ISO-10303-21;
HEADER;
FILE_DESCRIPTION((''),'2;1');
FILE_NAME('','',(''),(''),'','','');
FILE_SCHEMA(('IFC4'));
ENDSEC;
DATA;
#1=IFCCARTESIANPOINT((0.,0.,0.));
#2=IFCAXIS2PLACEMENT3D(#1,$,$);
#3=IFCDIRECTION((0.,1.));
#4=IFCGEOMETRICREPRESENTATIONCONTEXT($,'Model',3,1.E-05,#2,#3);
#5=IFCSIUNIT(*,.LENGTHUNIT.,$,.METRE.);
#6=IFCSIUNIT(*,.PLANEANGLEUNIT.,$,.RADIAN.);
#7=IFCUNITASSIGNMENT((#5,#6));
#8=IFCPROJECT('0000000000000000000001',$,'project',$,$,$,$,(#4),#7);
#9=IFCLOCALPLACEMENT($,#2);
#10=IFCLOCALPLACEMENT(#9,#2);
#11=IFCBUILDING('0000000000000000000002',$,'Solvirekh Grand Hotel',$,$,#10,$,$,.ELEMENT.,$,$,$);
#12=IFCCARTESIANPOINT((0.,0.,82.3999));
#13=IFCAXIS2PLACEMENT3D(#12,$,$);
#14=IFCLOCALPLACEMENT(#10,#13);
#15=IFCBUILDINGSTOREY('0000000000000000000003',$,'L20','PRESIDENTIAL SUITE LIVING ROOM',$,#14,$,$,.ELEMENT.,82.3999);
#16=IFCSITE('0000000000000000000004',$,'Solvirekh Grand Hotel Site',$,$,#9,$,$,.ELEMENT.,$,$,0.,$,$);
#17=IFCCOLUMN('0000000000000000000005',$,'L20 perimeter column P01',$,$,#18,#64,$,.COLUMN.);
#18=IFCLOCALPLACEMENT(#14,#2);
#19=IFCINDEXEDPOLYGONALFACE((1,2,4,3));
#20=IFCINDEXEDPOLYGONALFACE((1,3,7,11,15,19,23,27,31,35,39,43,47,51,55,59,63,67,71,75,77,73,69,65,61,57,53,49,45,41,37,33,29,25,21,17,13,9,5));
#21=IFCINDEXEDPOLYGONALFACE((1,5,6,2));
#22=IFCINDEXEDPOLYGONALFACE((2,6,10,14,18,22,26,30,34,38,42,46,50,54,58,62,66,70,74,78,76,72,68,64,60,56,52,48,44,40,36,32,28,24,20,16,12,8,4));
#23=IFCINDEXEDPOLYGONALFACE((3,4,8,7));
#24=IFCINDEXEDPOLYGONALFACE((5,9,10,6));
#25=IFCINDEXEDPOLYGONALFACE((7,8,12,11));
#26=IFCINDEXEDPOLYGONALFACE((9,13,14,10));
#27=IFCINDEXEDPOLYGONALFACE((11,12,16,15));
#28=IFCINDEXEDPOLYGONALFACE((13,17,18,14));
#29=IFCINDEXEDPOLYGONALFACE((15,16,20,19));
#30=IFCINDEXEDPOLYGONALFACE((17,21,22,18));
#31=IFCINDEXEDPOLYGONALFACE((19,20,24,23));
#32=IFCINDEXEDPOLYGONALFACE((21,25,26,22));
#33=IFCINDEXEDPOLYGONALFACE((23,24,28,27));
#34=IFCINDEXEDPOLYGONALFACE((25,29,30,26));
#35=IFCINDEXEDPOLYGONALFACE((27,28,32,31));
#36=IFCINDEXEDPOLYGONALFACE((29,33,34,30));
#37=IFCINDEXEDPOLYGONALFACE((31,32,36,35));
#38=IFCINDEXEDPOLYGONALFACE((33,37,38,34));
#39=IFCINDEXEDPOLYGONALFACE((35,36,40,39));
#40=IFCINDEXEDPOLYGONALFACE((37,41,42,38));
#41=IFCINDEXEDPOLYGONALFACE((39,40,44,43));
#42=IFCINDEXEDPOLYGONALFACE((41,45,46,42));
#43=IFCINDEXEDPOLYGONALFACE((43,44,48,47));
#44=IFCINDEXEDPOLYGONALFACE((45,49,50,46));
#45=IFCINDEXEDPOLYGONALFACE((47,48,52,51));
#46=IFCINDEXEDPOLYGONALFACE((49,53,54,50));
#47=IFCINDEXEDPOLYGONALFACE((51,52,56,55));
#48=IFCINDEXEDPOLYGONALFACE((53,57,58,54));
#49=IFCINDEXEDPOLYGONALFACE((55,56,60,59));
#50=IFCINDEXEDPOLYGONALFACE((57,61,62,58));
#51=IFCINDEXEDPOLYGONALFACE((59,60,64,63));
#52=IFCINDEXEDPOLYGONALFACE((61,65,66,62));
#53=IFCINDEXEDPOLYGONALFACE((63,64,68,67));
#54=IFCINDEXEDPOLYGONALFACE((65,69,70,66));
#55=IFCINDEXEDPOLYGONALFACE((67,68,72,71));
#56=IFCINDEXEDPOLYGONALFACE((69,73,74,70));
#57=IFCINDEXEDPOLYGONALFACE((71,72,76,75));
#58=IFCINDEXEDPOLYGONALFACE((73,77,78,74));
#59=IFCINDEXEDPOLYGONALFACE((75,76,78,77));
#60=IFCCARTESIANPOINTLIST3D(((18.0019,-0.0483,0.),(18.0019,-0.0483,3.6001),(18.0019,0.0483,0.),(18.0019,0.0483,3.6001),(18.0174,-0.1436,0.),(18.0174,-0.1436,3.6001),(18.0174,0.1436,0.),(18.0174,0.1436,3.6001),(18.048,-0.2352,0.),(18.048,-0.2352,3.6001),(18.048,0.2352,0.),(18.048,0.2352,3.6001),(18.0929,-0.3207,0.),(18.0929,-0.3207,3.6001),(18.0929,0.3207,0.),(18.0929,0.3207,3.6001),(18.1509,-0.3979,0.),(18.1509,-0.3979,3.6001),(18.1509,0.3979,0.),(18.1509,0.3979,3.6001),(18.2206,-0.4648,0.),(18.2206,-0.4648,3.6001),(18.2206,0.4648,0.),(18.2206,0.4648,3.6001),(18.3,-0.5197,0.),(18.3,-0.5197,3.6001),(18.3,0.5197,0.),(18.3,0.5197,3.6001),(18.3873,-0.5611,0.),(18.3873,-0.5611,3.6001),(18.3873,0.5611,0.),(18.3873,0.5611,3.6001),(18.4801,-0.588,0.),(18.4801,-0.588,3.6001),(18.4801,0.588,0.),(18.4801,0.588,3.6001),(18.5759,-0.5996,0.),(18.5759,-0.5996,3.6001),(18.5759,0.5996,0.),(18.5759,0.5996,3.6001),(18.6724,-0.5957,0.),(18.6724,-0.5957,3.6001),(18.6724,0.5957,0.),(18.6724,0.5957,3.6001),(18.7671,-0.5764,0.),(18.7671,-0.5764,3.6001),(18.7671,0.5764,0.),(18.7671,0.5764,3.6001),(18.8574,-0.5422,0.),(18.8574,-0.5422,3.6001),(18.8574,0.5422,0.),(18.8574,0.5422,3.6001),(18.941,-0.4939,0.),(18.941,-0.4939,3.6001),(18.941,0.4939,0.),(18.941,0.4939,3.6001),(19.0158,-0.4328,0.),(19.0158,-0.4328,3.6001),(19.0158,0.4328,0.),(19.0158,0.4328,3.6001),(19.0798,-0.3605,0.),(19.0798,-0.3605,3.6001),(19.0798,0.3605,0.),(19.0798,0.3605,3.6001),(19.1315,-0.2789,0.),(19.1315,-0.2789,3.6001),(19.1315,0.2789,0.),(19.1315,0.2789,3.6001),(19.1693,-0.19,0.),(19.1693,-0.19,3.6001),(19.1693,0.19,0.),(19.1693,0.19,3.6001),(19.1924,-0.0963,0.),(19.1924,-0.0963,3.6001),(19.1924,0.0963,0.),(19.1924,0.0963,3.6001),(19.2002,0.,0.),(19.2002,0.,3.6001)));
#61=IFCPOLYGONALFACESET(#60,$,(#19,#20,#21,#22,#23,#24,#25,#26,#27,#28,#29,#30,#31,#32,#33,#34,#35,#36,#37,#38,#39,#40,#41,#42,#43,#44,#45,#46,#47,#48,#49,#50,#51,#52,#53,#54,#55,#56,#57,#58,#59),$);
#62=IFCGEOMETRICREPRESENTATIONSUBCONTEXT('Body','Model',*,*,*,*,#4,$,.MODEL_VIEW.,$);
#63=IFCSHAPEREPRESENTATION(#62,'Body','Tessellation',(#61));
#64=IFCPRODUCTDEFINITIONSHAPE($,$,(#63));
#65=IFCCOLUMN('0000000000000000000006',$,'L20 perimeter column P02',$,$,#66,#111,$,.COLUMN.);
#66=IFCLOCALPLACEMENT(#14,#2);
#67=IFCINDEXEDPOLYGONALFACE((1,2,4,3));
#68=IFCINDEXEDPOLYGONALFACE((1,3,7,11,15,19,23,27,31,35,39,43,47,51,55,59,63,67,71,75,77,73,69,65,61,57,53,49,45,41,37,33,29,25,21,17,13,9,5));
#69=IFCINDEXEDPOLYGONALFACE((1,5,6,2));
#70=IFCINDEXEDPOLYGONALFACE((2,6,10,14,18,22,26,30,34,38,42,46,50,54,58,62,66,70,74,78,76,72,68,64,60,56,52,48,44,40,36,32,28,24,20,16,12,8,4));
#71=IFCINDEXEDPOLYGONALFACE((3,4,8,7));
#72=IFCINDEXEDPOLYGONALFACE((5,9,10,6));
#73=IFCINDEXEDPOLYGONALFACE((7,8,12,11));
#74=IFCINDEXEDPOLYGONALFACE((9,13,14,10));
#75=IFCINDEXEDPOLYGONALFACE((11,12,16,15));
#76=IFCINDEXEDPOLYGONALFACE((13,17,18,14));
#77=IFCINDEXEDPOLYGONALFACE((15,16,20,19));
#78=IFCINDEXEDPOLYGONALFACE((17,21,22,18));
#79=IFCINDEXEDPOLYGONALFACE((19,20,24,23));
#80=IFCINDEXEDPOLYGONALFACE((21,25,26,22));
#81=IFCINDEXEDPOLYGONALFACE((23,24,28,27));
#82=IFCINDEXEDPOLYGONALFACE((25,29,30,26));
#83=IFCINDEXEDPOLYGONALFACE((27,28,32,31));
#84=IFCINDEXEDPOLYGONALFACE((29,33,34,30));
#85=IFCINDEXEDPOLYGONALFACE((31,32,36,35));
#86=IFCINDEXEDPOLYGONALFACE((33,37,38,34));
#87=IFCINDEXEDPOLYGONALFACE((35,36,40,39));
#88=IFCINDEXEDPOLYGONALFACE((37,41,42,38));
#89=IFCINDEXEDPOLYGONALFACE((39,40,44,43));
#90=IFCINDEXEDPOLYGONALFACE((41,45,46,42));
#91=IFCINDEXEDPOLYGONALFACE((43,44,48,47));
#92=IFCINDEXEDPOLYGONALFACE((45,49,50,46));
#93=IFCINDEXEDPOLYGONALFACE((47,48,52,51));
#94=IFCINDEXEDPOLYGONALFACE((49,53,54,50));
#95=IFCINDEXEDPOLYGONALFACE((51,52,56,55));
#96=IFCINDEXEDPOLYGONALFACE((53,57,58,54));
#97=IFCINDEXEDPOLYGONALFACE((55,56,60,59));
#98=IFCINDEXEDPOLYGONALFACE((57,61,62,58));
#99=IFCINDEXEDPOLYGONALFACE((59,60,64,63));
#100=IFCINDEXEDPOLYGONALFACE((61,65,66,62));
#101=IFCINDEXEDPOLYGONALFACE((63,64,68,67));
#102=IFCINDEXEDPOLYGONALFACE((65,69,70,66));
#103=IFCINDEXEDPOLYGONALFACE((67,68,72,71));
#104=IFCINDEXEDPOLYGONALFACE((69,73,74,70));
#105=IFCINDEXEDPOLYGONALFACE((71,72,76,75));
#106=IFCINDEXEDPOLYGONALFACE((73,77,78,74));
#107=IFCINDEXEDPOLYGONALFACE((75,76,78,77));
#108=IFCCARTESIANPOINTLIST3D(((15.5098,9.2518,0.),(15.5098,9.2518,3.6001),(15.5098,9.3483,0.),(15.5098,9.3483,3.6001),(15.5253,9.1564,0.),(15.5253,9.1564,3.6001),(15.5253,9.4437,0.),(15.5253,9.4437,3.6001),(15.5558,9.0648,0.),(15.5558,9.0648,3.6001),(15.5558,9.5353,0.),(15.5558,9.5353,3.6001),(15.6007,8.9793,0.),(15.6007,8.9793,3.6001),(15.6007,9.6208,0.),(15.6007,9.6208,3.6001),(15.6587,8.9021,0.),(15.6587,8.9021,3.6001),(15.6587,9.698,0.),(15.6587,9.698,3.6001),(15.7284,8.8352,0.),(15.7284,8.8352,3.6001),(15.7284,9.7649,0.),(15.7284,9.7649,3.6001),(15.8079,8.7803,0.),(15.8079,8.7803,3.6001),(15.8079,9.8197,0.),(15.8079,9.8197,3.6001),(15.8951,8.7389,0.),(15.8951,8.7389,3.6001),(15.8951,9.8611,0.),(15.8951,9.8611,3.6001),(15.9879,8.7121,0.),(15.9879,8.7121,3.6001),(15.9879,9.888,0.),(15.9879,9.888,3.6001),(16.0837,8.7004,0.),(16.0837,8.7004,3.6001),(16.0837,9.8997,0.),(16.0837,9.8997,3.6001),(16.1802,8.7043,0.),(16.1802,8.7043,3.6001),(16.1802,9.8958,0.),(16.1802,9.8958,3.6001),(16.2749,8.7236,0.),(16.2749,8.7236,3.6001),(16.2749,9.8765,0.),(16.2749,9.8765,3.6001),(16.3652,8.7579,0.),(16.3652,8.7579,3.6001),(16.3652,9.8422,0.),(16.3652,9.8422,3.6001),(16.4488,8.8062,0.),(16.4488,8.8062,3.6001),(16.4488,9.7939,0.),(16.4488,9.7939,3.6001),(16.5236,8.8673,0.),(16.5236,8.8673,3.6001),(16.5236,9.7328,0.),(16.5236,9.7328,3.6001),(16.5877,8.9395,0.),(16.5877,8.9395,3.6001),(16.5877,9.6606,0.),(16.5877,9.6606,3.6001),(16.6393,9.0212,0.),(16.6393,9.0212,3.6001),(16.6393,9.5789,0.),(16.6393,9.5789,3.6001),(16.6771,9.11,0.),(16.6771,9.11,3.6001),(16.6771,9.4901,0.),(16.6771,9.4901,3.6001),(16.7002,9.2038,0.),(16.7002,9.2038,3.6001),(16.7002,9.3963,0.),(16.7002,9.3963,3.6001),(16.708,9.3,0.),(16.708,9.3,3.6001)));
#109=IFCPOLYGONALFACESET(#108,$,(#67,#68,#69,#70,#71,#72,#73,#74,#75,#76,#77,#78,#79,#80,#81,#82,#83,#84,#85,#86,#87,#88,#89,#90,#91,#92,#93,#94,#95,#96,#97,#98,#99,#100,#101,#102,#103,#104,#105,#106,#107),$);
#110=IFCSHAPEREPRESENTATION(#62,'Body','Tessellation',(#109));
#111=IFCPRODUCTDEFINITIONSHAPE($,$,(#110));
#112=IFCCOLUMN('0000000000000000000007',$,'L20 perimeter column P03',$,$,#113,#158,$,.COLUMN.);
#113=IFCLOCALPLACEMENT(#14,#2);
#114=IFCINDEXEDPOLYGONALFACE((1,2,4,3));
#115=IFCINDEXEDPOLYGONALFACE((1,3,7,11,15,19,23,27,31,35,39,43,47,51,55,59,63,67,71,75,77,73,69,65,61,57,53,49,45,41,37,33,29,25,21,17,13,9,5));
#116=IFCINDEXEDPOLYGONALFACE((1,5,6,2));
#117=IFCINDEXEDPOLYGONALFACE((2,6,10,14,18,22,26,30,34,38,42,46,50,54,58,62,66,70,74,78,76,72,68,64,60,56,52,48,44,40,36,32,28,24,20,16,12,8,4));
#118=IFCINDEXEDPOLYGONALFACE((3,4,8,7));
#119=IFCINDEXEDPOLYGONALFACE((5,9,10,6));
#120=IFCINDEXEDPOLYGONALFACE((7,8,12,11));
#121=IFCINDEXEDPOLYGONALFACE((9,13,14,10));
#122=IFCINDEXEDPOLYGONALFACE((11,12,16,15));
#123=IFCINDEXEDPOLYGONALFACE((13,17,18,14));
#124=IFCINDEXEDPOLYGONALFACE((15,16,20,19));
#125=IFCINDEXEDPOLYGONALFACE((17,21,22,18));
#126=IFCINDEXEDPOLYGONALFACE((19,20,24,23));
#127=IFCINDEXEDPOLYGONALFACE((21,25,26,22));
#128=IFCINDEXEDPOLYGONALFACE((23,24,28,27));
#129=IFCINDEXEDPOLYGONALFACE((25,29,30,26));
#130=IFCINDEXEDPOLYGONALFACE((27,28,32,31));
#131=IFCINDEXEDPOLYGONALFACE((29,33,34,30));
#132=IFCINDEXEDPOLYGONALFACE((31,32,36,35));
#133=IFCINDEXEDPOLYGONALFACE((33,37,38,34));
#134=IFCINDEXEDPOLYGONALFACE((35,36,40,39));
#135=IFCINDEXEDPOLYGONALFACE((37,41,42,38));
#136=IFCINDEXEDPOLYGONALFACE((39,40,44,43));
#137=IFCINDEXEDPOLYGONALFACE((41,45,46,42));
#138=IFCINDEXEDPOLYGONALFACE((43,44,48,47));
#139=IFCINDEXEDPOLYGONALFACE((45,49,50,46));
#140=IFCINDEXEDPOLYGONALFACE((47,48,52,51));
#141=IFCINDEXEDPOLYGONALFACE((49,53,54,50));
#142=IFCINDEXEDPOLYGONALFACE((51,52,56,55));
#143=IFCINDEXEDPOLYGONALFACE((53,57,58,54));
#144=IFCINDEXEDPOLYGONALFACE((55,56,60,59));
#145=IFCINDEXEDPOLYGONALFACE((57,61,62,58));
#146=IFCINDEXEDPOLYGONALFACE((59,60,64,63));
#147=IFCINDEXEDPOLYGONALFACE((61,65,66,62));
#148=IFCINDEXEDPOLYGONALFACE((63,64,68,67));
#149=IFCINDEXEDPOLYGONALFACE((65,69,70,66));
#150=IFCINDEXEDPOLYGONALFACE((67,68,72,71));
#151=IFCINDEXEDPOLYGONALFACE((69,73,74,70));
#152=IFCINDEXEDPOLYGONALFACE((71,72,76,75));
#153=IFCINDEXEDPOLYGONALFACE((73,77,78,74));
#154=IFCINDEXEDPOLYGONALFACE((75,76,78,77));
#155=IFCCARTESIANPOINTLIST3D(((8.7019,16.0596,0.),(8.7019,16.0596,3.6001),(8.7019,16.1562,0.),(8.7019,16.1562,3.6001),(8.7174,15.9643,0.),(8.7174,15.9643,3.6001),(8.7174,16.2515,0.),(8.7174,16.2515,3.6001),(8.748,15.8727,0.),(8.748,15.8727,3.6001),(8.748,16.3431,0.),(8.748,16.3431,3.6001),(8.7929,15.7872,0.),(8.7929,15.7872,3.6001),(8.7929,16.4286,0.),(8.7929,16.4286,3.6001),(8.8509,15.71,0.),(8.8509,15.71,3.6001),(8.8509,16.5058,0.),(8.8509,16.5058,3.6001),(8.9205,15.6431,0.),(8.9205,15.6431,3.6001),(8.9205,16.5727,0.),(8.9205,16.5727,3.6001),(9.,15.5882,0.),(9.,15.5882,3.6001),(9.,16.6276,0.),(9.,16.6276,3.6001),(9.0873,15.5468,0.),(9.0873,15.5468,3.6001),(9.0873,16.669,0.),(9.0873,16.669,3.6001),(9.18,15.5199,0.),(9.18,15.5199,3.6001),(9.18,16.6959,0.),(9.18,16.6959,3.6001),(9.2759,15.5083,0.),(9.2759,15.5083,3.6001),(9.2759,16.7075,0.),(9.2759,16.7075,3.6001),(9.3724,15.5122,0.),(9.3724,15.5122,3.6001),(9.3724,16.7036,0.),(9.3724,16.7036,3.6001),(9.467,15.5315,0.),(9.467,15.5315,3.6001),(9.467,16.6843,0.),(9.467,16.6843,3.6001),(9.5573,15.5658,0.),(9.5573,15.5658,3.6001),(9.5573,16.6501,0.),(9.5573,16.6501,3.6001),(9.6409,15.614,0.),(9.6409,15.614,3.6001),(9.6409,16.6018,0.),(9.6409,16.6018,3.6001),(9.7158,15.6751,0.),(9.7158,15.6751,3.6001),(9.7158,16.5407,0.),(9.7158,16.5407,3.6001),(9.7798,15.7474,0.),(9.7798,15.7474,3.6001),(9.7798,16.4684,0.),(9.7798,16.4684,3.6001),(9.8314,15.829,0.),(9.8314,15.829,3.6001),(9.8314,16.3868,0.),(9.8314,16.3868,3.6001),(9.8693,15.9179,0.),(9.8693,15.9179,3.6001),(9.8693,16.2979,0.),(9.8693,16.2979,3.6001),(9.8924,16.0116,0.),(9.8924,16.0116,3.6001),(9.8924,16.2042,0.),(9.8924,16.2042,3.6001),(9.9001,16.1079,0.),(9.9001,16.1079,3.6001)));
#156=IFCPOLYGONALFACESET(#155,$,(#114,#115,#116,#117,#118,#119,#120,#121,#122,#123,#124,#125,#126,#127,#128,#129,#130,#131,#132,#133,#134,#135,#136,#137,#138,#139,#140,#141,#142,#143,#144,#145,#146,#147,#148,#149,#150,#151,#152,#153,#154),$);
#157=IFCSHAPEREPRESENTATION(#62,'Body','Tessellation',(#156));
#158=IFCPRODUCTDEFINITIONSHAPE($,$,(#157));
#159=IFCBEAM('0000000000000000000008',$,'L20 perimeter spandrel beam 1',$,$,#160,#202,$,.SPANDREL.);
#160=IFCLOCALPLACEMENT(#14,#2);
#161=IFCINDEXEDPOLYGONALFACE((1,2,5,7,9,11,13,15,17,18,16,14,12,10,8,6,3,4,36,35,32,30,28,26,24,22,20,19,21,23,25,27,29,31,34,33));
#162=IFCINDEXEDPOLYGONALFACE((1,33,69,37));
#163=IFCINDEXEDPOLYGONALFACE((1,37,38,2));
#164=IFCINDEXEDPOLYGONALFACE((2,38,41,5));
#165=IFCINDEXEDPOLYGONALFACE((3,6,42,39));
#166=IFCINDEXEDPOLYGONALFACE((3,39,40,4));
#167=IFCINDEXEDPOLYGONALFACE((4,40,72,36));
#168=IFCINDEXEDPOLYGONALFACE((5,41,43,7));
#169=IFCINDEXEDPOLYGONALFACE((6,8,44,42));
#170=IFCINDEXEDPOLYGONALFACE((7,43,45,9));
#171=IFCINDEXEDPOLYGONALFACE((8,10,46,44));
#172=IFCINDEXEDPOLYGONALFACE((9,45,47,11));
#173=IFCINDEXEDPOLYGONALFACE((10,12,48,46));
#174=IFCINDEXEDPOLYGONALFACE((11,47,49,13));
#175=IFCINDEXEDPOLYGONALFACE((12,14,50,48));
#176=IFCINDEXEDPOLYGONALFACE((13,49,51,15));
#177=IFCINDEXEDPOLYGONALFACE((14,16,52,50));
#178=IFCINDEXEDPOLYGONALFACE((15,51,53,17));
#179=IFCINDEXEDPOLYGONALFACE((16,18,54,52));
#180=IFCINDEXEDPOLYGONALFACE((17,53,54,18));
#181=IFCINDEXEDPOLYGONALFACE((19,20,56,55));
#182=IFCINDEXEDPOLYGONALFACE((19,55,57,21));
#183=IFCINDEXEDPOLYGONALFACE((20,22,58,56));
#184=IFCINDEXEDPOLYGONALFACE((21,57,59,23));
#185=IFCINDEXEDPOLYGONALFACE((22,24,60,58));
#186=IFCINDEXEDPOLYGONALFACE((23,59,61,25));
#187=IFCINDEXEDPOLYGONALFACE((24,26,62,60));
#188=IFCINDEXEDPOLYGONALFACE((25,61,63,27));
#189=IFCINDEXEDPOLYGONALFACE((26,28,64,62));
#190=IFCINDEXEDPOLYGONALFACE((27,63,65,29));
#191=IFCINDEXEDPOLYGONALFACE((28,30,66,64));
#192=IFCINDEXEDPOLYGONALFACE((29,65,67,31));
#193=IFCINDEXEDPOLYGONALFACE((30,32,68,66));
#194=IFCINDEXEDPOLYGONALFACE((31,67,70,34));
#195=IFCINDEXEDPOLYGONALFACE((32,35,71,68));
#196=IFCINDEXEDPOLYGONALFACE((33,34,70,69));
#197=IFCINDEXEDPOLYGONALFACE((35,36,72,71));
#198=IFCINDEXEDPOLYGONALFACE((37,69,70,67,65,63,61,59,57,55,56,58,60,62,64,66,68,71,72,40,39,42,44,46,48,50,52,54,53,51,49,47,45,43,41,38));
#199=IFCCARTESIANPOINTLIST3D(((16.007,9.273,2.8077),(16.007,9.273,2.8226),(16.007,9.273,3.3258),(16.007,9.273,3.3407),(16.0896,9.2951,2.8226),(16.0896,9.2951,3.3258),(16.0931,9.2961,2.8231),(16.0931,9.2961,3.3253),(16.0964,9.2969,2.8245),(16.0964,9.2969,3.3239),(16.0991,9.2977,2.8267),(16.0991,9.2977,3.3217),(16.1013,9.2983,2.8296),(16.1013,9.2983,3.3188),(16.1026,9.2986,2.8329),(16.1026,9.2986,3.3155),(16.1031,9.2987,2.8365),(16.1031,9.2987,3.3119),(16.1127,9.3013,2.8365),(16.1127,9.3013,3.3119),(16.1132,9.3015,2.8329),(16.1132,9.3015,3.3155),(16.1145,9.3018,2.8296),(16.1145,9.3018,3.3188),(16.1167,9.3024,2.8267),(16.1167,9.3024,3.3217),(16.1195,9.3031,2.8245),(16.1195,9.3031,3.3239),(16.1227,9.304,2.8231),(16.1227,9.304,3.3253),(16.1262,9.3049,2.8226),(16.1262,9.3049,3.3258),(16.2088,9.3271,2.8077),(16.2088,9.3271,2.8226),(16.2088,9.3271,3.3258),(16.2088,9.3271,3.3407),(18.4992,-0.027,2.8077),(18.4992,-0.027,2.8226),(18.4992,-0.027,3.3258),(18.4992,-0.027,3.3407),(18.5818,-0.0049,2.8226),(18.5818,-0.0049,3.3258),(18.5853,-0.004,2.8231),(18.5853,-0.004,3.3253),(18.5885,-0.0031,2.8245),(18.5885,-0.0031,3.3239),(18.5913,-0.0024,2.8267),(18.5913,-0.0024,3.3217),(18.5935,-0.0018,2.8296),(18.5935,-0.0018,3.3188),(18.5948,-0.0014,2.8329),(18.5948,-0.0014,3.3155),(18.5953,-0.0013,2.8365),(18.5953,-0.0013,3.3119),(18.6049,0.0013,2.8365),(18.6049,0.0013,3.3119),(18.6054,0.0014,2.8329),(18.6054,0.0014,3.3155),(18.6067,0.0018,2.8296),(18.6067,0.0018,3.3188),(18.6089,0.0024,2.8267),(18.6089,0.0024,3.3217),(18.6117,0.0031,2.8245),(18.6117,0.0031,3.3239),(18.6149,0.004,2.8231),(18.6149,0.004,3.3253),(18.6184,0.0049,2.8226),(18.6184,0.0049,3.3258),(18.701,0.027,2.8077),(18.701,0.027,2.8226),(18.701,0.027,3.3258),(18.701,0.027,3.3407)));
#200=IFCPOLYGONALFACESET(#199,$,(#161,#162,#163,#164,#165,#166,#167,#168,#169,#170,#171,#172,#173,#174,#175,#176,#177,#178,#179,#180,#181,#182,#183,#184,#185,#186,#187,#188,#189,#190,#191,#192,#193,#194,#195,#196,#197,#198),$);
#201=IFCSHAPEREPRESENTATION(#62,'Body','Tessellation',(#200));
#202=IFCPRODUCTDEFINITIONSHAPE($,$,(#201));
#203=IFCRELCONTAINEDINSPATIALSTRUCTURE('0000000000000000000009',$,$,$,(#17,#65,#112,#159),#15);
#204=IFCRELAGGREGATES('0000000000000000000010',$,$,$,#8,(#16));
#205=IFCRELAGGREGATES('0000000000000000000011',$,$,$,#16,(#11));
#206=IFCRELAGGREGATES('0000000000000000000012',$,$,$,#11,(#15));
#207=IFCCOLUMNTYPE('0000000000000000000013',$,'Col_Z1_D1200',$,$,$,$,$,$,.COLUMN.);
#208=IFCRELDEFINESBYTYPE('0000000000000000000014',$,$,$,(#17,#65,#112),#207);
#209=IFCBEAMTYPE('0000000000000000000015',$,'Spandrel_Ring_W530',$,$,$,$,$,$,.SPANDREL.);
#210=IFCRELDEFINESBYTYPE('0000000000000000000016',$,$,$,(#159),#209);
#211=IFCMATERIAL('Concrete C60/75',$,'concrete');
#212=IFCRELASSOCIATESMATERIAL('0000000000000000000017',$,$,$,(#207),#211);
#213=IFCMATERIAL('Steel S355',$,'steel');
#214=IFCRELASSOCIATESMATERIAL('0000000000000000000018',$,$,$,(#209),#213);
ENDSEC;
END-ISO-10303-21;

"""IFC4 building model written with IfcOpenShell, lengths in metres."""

from ifc_helpers import new_model, si_unit, direction, frame, origin, origin_2d, place, context, subcontext, project, spatial, circle, i_section, extrude, material, material_profile, profile_set, type_object, element, save


model = new_model("IFC4")

# Units and contexts
model_context = context("Model", 3, precision=1e-05, world=origin(), true_north=direction((0.0, 1.0)))
body_context = subcontext(model_context, "Body", "Model", "MODEL_VIEW")
ifc_project = project(units=[si_unit("LENGTHUNIT", "METRE"), si_unit("PLANEANGLEUNIT", "RADIAN")], contexts=[model_context])

# Site, building, storey
site_placement = place(None, origin())
site = spatial("IfcSite", under=ifc_project, at=site_placement, Name="Solvirekh Grand Hotel Site", CompositionType="ELEMENT", RefElevation=0.0)
building_placement = place(site_placement, origin())
building = spatial("IfcBuilding", under=site, at=building_placement, Name="Solvirekh Grand Hotel", CompositionType="ELEMENT")
storey_placement = place(building_placement, frame((0.0, 0.0, 82.3999)))
storey = spatial("IfcBuildingStorey", under=building, at=storey_placement, Name="L20", Description="PRESIDENTIAL SUITE LIVING ROOM", CompositionType="ELEMENT", Elevation=82.3999)

# Columns
ifc_material_1 = material(Name="Concrete C60/75", Category="concrete")
ifc_material_profile_1 = material_profile(ifc_material_1, circle(Radius=0.6001, at=origin_2d()), Name="RC CIRC D1200")
ifc_profile_set_1 = profile_set([ifc_material_profile_1], Name="Concrete C60/75")
column_type = type_object("IfcColumnType", Name="Col_Z1_D1200", PredefinedType="COLUMN", material=ifc_profile_set_1)
for number, where, z_axis, x_axis, name in (
    (1, (18.6001, 0.0, 0.0), (0.0, 0.0, 1.0), (1.0, 0.0, 0.0), "L20 perimeter column P01"),
    (2, (16.1079, 9.3, 0.0), (0.0, 0.0, 1.0), (1.0, 0.0, 0.0), "L20 perimeter column P02"),
    (3, (9.3, 16.1079, 0.0), (0.0, 0.0, 1.0), (1.0, 0.0, 0.0), "L20 perimeter column P03"),
):
    element("IfcColumn", number, at=place(storey_placement, frame(where, z_axis=z_axis, x_axis=x_axis)), inside=storey, type_object=column_type, Name=name, PredefinedType="COLUMN", context=body_context, shape_type="SweptSolid", body=[
        extrude(circle(Radius=0.6001, at=origin_2d()), origin(), (0.0, 0.0, 1.0), 3.6001),
    ])

# Beam
ifc_material_2 = material(Name="Steel S355", Category="steel")
ifc_material_profile_2 = material_profile(ifc_material_2, i_section(OverallWidth=0.209, OverallDepth=0.533, WebThickness=0.01, FlangeThickness=0.0149, FilletRadius=0.0139, at=origin_2d()), Name="W530X92")
ifc_profile_set_2 = profile_set([ifc_material_profile_2], Name="Steel S355")
beam_type = type_object("IfcBeamType", Name="Spandrel_Ring_W530", PredefinedType="SPANDREL", material=ifc_profile_set_2)
beam_1_placement = place(storey_placement, frame((18.6001, 0.0, 3.0742), z_axis=(-0.258843, 0.965919, 0.0), x_axis=(-0.965919, -0.258843, 0.0)))
element("IfcBeam", 4, at=beam_1_placement, inside=storey, type_object=beam_type, Name="L20 perimeter spandrel beam 1", PredefinedType="SPANDREL", context=body_context, shape_type="SweptSolid", body=[
    extrude(i_section(OverallWidth=0.209, OverallDepth=0.533, WebThickness=0.01, FlangeThickness=0.0149, FilletRadius=0.0139, at=origin_2d()), origin(), (0.0, 0.0, 1.0), 9.6282),
])

save(model, "model.ifc")
